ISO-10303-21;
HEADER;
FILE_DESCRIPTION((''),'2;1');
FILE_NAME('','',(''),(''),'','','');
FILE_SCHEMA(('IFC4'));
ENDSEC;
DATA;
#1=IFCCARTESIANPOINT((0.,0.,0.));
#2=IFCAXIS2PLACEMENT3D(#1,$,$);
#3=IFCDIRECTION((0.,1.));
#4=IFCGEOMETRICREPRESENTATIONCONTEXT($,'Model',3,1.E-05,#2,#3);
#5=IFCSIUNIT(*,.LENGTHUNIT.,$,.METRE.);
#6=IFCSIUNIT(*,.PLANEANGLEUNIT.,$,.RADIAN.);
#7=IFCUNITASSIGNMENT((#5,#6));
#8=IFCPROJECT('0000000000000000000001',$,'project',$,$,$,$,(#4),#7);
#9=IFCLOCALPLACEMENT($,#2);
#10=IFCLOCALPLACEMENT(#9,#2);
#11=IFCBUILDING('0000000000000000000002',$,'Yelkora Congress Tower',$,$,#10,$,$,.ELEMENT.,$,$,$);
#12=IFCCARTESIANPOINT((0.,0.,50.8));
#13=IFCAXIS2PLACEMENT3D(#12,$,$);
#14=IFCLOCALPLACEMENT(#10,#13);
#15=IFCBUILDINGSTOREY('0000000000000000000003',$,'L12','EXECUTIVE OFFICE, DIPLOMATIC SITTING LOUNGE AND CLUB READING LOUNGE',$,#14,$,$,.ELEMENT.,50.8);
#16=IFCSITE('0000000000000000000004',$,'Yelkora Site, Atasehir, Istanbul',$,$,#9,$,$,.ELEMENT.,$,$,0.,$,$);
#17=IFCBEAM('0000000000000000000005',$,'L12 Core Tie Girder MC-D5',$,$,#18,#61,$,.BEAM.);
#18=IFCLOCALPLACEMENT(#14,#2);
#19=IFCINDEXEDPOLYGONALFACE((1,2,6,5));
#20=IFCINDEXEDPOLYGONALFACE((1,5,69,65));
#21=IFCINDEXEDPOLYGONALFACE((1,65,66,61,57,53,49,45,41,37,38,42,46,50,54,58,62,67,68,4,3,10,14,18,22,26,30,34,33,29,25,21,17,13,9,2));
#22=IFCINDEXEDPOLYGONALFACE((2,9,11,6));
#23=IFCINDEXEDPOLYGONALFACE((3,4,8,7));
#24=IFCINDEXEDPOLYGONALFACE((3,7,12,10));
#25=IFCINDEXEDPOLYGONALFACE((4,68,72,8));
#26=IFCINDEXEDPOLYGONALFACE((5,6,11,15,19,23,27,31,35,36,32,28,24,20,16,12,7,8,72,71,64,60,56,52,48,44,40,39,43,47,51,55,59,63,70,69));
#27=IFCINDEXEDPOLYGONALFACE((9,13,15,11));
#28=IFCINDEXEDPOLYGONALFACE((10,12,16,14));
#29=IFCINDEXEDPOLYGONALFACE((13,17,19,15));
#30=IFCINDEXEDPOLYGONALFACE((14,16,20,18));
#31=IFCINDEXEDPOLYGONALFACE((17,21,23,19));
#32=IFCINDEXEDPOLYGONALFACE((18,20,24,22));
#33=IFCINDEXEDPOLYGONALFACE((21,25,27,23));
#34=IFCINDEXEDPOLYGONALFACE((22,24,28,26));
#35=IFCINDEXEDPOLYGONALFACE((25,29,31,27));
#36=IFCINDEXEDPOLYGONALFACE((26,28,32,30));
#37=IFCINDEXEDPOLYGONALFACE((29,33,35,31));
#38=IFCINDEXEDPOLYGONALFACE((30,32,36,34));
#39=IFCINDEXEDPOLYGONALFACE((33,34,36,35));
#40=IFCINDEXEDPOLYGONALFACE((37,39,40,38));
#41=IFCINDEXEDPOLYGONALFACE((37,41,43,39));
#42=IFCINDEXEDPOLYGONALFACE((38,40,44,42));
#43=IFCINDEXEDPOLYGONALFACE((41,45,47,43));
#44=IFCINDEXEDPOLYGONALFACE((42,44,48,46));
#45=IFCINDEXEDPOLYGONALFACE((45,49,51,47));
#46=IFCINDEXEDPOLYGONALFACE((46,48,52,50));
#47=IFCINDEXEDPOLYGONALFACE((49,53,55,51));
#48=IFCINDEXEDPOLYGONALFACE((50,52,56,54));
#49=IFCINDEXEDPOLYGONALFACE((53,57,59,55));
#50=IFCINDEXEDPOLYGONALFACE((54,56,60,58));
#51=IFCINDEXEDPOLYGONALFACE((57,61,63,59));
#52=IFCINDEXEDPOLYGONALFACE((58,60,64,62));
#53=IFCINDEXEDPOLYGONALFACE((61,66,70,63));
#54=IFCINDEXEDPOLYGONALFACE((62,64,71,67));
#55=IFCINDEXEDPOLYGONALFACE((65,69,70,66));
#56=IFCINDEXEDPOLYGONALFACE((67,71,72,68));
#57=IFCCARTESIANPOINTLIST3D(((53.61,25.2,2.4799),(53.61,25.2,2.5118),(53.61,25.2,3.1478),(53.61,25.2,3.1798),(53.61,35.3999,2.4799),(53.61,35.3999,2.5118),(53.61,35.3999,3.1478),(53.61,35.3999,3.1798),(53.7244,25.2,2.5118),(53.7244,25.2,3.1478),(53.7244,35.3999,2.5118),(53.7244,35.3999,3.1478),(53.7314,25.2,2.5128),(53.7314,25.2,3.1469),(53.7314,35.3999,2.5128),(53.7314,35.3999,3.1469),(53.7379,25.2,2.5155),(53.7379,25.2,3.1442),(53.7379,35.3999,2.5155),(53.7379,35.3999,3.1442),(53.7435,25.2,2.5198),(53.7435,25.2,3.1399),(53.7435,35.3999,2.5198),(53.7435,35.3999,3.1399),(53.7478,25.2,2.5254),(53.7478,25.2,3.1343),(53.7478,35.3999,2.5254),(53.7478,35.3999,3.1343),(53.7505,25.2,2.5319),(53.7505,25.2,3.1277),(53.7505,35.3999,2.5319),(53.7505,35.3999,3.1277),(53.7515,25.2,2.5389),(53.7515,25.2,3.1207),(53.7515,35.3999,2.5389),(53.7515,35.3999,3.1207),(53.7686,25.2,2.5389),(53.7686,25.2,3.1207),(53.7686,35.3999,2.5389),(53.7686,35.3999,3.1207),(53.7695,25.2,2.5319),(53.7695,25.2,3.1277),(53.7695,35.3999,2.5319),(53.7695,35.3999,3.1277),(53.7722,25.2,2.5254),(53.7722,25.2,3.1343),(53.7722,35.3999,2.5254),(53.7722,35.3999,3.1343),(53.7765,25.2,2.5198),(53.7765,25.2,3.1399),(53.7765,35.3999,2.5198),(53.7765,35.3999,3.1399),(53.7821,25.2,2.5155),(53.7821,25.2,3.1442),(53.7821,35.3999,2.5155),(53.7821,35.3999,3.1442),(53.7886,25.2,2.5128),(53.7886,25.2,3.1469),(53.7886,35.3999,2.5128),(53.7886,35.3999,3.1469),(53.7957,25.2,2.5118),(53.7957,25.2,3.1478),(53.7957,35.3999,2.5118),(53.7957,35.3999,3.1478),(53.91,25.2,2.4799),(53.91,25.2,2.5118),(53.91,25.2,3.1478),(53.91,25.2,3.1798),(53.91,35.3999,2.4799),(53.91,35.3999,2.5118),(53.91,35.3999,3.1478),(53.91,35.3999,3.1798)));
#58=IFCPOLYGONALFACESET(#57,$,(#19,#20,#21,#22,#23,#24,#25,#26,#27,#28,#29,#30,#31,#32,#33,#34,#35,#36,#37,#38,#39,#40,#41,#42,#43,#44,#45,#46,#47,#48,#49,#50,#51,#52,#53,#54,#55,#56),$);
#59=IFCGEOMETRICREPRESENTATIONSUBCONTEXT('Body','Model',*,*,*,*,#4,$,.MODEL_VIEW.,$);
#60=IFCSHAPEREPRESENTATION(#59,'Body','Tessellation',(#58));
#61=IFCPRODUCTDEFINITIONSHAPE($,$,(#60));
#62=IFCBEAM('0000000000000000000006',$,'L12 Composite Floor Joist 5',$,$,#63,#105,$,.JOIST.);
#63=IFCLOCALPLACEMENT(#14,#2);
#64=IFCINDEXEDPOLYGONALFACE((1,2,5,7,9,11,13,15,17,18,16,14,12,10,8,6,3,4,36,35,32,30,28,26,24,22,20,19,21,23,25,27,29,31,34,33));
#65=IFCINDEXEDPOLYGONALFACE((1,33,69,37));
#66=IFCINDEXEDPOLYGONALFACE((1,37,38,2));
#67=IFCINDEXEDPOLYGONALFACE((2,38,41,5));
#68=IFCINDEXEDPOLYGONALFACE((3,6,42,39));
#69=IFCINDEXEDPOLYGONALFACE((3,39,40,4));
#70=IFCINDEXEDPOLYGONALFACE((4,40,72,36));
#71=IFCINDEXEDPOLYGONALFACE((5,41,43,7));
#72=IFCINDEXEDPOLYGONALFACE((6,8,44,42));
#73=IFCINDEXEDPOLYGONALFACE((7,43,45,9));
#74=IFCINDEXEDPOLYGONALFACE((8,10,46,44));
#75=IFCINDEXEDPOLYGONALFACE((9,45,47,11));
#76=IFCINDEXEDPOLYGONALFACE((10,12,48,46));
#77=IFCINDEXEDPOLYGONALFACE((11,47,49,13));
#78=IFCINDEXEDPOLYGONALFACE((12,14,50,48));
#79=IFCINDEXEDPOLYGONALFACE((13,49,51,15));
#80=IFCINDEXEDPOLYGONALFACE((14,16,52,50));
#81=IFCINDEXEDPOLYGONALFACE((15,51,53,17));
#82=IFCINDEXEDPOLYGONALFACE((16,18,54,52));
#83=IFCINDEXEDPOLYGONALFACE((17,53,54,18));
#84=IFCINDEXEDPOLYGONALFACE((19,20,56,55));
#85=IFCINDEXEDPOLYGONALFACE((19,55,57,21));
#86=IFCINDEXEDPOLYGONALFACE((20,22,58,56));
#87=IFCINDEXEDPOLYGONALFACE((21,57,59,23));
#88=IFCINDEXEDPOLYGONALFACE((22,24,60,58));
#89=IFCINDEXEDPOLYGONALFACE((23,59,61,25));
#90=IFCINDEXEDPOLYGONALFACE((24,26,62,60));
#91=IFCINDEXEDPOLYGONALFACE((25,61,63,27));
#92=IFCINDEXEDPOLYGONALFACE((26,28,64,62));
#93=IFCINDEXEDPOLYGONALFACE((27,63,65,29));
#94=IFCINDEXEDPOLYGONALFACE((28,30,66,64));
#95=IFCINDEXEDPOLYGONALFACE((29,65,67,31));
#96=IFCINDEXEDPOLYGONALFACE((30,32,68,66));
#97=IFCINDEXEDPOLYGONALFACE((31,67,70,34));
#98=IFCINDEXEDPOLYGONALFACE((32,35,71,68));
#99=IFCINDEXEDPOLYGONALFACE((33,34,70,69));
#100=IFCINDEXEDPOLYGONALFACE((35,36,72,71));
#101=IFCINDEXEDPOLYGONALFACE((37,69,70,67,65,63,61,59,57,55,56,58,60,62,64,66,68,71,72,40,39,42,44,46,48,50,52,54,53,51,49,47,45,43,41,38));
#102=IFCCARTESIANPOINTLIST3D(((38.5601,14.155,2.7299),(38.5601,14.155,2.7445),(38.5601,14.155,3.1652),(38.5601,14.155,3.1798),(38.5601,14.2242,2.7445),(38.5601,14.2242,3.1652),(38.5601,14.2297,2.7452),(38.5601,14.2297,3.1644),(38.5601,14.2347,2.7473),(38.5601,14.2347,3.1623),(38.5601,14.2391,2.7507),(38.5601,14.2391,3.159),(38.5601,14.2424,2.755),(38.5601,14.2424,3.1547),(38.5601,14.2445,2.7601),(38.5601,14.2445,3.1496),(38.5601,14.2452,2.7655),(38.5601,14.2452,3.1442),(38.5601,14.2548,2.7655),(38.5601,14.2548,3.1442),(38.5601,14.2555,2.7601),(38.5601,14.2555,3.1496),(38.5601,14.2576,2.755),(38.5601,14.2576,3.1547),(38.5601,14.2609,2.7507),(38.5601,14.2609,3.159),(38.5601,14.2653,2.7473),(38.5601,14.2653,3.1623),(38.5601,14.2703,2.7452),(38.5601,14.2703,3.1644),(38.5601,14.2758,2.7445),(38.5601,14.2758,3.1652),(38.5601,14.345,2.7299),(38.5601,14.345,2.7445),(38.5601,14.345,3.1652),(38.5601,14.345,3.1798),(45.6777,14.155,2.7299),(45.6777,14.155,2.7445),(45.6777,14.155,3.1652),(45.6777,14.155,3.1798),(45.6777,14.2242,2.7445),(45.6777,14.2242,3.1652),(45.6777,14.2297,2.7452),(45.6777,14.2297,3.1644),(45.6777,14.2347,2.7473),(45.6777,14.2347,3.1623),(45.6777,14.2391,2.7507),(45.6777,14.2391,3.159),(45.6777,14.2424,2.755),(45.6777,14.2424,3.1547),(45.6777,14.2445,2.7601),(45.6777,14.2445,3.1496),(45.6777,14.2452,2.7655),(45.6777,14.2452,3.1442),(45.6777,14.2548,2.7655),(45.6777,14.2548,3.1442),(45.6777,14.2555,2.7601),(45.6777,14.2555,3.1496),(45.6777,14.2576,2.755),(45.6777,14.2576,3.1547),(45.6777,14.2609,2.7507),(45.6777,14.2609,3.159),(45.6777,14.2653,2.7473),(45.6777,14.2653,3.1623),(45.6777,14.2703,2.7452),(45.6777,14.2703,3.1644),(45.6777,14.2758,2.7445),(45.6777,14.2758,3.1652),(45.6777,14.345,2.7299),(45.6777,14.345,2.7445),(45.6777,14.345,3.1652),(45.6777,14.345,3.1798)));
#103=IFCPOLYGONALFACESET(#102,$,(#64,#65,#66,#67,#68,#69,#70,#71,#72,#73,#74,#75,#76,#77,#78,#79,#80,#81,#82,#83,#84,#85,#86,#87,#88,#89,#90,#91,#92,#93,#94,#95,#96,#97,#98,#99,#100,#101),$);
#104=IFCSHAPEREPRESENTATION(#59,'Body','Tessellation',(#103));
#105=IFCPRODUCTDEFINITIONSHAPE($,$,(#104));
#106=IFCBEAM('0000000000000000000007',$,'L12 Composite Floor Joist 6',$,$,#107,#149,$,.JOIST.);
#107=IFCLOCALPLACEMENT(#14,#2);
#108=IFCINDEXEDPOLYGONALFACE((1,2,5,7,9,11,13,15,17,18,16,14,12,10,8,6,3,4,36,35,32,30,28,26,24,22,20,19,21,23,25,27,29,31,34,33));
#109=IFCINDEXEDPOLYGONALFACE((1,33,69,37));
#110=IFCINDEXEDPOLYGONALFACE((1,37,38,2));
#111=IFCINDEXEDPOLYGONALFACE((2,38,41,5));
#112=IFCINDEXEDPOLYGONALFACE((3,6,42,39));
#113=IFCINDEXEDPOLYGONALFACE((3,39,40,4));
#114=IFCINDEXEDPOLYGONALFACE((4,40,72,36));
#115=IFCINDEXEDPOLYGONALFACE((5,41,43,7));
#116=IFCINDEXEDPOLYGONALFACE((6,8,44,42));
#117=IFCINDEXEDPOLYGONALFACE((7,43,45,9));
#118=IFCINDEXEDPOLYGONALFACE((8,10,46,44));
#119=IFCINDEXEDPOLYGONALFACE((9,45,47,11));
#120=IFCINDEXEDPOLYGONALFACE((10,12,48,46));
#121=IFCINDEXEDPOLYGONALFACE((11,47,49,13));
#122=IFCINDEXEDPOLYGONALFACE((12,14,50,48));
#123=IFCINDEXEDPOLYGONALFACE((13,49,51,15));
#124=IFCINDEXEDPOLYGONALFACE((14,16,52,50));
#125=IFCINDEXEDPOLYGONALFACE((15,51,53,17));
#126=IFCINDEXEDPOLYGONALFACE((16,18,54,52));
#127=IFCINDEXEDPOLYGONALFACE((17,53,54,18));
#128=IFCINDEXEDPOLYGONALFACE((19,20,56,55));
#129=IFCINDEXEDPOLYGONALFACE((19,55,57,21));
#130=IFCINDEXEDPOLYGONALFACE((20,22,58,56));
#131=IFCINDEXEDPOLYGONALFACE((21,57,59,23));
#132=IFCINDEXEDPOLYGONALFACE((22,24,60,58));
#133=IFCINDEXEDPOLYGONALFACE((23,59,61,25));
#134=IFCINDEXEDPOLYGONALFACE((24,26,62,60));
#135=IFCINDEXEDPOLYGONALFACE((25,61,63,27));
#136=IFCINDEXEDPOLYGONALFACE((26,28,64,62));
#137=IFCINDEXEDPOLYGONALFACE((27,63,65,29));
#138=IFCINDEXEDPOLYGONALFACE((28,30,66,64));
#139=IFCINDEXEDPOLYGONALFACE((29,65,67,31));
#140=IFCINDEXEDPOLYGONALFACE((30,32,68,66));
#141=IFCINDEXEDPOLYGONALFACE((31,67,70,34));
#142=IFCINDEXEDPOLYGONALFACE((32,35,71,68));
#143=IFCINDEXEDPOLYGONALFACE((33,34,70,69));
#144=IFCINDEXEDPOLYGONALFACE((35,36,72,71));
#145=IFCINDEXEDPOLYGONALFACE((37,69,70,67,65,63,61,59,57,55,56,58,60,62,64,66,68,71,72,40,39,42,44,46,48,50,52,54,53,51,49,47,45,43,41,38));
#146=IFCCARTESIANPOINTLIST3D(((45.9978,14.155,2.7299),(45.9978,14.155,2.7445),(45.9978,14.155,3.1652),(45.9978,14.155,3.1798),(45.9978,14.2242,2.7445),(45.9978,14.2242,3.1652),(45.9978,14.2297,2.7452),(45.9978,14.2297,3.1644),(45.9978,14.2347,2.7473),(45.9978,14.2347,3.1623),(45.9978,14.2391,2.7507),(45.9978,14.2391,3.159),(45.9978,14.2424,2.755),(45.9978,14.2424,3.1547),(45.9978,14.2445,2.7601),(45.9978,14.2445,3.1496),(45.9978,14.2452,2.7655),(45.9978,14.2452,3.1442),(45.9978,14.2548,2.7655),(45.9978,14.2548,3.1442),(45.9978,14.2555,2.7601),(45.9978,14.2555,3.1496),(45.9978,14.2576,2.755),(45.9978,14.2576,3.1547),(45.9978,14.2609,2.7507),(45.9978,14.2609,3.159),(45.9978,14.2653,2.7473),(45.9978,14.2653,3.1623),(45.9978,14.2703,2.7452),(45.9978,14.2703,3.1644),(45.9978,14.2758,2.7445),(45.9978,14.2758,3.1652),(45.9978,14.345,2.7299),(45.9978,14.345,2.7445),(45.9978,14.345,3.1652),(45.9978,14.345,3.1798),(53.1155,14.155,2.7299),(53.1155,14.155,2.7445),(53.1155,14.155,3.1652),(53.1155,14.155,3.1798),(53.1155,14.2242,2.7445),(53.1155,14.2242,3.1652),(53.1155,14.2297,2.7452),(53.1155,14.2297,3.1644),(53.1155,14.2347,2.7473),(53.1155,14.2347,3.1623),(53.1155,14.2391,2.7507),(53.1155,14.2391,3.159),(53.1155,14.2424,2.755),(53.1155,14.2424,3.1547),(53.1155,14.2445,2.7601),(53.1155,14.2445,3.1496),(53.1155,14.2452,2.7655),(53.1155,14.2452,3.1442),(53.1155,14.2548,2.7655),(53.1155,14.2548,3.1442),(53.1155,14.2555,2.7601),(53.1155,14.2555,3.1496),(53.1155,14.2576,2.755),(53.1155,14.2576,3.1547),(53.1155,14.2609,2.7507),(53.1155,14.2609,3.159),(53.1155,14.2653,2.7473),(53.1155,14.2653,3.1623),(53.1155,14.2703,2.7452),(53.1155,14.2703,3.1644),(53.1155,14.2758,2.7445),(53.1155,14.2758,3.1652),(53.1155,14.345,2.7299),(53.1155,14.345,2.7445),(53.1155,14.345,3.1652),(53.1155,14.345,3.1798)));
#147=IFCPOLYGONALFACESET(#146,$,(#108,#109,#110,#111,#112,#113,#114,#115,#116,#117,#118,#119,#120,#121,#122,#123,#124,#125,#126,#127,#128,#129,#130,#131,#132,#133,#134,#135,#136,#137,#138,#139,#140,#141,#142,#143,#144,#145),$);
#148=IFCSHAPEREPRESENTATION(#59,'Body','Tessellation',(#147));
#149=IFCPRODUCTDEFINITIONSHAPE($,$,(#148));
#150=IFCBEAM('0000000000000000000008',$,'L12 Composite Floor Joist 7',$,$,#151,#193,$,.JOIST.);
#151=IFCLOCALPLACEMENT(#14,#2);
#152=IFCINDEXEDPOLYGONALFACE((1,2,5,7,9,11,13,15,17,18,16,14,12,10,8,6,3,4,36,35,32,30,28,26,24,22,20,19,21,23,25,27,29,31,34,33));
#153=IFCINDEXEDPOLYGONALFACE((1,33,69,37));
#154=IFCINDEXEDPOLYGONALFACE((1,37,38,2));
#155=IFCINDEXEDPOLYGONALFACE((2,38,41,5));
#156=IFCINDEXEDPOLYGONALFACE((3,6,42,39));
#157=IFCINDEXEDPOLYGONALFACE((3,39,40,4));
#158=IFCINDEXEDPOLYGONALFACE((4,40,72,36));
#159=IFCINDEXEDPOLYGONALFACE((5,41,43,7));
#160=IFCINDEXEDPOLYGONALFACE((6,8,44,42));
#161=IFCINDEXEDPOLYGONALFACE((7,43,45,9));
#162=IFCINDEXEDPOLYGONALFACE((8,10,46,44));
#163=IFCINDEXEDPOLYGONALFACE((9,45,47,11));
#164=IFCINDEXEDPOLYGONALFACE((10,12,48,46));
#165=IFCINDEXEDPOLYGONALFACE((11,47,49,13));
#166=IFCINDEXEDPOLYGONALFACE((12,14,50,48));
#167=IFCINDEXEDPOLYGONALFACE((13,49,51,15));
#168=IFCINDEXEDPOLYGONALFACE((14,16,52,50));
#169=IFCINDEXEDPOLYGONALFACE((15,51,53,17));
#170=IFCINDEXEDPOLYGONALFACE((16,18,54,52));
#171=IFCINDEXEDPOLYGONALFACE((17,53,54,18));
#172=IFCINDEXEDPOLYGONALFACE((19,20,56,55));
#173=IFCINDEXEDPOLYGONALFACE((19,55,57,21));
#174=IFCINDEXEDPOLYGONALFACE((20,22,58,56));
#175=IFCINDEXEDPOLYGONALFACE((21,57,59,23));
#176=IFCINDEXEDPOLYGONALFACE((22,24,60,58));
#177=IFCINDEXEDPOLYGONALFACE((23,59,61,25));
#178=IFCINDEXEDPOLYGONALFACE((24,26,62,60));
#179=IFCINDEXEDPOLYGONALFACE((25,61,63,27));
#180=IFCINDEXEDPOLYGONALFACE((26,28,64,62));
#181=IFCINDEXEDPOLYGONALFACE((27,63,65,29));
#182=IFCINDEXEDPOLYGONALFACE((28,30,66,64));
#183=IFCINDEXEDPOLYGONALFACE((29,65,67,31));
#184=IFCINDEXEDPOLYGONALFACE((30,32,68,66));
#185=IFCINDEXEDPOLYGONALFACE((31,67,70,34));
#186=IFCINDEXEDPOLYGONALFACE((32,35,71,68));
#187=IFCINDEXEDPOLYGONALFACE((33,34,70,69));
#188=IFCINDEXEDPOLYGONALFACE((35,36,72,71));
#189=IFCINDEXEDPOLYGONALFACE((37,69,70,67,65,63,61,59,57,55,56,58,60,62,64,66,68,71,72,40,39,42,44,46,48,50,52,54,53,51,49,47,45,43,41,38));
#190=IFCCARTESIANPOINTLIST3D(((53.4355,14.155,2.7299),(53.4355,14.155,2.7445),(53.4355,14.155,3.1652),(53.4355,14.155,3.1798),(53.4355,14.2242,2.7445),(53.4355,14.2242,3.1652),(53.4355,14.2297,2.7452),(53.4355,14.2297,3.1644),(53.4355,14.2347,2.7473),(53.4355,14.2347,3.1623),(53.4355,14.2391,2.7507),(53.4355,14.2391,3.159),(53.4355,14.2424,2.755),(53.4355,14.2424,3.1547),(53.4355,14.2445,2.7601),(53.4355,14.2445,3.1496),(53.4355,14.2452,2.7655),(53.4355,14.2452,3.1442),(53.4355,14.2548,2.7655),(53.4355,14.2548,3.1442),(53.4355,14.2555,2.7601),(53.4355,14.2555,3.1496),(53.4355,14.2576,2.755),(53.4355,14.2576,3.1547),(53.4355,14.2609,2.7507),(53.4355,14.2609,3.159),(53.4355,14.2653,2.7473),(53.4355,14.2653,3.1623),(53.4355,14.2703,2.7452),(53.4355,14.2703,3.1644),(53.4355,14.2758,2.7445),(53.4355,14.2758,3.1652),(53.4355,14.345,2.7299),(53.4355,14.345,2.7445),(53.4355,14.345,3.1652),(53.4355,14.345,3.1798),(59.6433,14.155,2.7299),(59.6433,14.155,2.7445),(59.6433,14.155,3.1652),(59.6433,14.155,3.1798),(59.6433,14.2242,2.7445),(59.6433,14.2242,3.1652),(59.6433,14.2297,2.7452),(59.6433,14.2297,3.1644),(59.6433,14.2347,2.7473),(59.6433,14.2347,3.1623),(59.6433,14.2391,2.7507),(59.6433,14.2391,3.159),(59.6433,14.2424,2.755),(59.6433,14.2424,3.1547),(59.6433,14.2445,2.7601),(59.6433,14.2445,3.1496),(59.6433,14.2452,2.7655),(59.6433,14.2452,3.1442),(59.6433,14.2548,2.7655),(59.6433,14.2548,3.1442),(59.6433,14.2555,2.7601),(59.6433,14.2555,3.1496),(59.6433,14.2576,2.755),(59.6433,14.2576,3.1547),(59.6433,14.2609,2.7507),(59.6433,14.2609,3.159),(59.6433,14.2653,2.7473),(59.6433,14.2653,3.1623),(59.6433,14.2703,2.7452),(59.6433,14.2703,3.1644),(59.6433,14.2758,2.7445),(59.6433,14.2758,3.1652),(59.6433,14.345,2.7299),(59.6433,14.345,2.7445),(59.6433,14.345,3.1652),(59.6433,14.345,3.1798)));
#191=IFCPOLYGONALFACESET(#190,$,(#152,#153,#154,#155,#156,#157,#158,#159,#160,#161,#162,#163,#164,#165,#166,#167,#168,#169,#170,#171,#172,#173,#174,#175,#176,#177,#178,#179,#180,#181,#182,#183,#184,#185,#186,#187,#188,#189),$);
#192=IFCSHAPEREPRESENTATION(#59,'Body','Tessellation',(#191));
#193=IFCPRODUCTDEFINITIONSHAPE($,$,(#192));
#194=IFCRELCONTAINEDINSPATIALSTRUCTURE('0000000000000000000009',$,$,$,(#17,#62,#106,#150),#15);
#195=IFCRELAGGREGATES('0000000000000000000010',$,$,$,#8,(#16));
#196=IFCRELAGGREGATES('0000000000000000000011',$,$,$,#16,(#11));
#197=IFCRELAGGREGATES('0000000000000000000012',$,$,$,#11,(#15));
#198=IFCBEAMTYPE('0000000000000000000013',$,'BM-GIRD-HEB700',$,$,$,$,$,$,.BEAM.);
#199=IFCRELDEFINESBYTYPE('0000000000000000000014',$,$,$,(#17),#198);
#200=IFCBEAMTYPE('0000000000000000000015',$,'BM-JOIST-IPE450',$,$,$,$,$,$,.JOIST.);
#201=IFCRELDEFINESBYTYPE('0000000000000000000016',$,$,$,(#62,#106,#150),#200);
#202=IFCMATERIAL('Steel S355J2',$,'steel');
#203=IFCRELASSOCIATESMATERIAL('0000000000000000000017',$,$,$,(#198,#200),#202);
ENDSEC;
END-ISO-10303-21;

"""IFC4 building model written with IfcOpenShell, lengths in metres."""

from ifc_helpers import new_model, si_unit, direction, frame, origin, origin_2d, place, context, subcontext, project, spatial, i_section, extrude, material, material_profile, profile_set, type_object, element, save


model = new_model("IFC4")

# Units and contexts
model_context = context("Model", 3, precision=1e-05, world=origin(), true_north=direction((0.0, 1.0)))
body_context = subcontext(model_context, "Body", "Model", "MODEL_VIEW")
ifc_project = project(units=[si_unit("LENGTHUNIT", "METRE"), si_unit("PLANEANGLEUNIT", "RADIAN")], contexts=[model_context])

# Site, building, storey
site_placement = place(None, origin())
site = spatial("IfcSite", under=ifc_project, at=site_placement, Name="Yelkora Site, Atasehir, Istanbul", CompositionType="ELEMENT", RefElevation=0.0)
building_placement = place(site_placement, origin())
building = spatial("IfcBuilding", under=site, at=building_placement, Name="Yelkora Congress Tower", CompositionType="ELEMENT")
storey_placement = place(building_placement, frame((0.0, 0.0, 50.8)))
storey = spatial("IfcBuildingStorey", under=building, at=storey_placement, Name="L12", Description="EXECUTIVE OFFICE, DIPLOMATIC SITTING LOUNGE AND CLUB READING LOUNGE", CompositionType="ELEMENT", Elevation=50.8)

# Beams
ifc_material_1 = material(Name="Steel S355J2", Category="steel")
ifc_material_profile_1 = material_profile(ifc_material_1, i_section(OverallWidth=0.3, OverallDepth=0.7, WebThickness=0.0171, FlangeThickness=0.032, FilletRadius=0.0271, at=origin_2d()), Name="HEB 700")
ifc_profile_set_1 = profile_set([ifc_material_profile_1], Name="Steel S355J2")
beam_type_1 = type_object("IfcBeamType", Name="BM-GIRD-HEB700", PredefinedType="BEAM", material=ifc_profile_set_1)
for number, where, z_axis, x_axis, name in (
    (1, (53.76, 25.2, 2.8298), (0.0, 1.0, 0.0), (-1.0, 0.0, 0.0), "L12 Core Tie Girder MC-D5"),
):
    element("IfcBeam", number, at=place(storey_placement, frame(where, z_axis=z_axis, x_axis=x_axis)), inside=storey, type_object=beam_type_1, Name=name, PredefinedType="BEAM", context=body_context, shape_type="SweptSolid", body=[
        extrude(i_section(OverallWidth=0.3, OverallDepth=0.7, WebThickness=0.0171, FlangeThickness=0.032, FilletRadius=0.0271, at=origin_2d()), origin(), (0.0, 0.0, 1.0), 10.2),
    ])
ifc_material_profile_2 = material_profile(ifc_material_1, i_section(OverallWidth=0.1899, OverallDepth=0.45, WebThickness=0.0095, FlangeThickness=0.0146, FilletRadius=0.021, at=origin_2d()), Name="IPE 450")
ifc_profile_set_2 = profile_set([ifc_material_profile_2], Name="Steel S355J2")
beam_type_2 = type_object("IfcBeamType", Name="BM-JOIST-IPE450", PredefinedType="JOIST", material=ifc_profile_set_2)
for number, where, z_axis, x_axis, name in (
    (2, (38.5601, 14.25, 2.9548), (1.0, 0.0, 0.0), (0.0, 1.0, 0.0), "L12 Composite Floor Joist 5"),
    (3, (45.9978, 14.25, 2.9548), (1.0, 0.0, 0.0), (0.0, 1.0, 0.0), "L12 Composite Floor Joist 6"),
):
    element("IfcBeam", number, at=place(storey_placement, frame(where, z_axis=z_axis, x_axis=x_axis)), inside=storey, type_object=beam_type_2, Name=name, PredefinedType="JOIST", context=body_context, shape_type="SweptSolid", body=[
        extrude(i_section(OverallWidth=0.1899, OverallDepth=0.45, WebThickness=0.0095, FlangeThickness=0.0146, FilletRadius=0.021, at=origin_2d()), origin(), (0.0, 0.0, 1.0), 7.1177),
    ])
beam_1_placement = place(storey_placement, frame((53.4355, 14.25, 2.9548), z_axis=(1.0, 0.0, 0.0), x_axis=(0.0, 1.0, 0.0)))
element("IfcBeam", 4, at=beam_1_placement, inside=storey, type_object=beam_type_2, Name="L12 Composite Floor Joist 7", PredefinedType="JOIST", context=body_context, shape_type="SweptSolid", body=[
    extrude(i_section(OverallWidth=0.1899, OverallDepth=0.45, WebThickness=0.0095, FlangeThickness=0.0146, FilletRadius=0.021, at=origin_2d()), origin(), (0.0, 0.0, 1.0), 6.2078),
])

save(model, "model.ifc")
